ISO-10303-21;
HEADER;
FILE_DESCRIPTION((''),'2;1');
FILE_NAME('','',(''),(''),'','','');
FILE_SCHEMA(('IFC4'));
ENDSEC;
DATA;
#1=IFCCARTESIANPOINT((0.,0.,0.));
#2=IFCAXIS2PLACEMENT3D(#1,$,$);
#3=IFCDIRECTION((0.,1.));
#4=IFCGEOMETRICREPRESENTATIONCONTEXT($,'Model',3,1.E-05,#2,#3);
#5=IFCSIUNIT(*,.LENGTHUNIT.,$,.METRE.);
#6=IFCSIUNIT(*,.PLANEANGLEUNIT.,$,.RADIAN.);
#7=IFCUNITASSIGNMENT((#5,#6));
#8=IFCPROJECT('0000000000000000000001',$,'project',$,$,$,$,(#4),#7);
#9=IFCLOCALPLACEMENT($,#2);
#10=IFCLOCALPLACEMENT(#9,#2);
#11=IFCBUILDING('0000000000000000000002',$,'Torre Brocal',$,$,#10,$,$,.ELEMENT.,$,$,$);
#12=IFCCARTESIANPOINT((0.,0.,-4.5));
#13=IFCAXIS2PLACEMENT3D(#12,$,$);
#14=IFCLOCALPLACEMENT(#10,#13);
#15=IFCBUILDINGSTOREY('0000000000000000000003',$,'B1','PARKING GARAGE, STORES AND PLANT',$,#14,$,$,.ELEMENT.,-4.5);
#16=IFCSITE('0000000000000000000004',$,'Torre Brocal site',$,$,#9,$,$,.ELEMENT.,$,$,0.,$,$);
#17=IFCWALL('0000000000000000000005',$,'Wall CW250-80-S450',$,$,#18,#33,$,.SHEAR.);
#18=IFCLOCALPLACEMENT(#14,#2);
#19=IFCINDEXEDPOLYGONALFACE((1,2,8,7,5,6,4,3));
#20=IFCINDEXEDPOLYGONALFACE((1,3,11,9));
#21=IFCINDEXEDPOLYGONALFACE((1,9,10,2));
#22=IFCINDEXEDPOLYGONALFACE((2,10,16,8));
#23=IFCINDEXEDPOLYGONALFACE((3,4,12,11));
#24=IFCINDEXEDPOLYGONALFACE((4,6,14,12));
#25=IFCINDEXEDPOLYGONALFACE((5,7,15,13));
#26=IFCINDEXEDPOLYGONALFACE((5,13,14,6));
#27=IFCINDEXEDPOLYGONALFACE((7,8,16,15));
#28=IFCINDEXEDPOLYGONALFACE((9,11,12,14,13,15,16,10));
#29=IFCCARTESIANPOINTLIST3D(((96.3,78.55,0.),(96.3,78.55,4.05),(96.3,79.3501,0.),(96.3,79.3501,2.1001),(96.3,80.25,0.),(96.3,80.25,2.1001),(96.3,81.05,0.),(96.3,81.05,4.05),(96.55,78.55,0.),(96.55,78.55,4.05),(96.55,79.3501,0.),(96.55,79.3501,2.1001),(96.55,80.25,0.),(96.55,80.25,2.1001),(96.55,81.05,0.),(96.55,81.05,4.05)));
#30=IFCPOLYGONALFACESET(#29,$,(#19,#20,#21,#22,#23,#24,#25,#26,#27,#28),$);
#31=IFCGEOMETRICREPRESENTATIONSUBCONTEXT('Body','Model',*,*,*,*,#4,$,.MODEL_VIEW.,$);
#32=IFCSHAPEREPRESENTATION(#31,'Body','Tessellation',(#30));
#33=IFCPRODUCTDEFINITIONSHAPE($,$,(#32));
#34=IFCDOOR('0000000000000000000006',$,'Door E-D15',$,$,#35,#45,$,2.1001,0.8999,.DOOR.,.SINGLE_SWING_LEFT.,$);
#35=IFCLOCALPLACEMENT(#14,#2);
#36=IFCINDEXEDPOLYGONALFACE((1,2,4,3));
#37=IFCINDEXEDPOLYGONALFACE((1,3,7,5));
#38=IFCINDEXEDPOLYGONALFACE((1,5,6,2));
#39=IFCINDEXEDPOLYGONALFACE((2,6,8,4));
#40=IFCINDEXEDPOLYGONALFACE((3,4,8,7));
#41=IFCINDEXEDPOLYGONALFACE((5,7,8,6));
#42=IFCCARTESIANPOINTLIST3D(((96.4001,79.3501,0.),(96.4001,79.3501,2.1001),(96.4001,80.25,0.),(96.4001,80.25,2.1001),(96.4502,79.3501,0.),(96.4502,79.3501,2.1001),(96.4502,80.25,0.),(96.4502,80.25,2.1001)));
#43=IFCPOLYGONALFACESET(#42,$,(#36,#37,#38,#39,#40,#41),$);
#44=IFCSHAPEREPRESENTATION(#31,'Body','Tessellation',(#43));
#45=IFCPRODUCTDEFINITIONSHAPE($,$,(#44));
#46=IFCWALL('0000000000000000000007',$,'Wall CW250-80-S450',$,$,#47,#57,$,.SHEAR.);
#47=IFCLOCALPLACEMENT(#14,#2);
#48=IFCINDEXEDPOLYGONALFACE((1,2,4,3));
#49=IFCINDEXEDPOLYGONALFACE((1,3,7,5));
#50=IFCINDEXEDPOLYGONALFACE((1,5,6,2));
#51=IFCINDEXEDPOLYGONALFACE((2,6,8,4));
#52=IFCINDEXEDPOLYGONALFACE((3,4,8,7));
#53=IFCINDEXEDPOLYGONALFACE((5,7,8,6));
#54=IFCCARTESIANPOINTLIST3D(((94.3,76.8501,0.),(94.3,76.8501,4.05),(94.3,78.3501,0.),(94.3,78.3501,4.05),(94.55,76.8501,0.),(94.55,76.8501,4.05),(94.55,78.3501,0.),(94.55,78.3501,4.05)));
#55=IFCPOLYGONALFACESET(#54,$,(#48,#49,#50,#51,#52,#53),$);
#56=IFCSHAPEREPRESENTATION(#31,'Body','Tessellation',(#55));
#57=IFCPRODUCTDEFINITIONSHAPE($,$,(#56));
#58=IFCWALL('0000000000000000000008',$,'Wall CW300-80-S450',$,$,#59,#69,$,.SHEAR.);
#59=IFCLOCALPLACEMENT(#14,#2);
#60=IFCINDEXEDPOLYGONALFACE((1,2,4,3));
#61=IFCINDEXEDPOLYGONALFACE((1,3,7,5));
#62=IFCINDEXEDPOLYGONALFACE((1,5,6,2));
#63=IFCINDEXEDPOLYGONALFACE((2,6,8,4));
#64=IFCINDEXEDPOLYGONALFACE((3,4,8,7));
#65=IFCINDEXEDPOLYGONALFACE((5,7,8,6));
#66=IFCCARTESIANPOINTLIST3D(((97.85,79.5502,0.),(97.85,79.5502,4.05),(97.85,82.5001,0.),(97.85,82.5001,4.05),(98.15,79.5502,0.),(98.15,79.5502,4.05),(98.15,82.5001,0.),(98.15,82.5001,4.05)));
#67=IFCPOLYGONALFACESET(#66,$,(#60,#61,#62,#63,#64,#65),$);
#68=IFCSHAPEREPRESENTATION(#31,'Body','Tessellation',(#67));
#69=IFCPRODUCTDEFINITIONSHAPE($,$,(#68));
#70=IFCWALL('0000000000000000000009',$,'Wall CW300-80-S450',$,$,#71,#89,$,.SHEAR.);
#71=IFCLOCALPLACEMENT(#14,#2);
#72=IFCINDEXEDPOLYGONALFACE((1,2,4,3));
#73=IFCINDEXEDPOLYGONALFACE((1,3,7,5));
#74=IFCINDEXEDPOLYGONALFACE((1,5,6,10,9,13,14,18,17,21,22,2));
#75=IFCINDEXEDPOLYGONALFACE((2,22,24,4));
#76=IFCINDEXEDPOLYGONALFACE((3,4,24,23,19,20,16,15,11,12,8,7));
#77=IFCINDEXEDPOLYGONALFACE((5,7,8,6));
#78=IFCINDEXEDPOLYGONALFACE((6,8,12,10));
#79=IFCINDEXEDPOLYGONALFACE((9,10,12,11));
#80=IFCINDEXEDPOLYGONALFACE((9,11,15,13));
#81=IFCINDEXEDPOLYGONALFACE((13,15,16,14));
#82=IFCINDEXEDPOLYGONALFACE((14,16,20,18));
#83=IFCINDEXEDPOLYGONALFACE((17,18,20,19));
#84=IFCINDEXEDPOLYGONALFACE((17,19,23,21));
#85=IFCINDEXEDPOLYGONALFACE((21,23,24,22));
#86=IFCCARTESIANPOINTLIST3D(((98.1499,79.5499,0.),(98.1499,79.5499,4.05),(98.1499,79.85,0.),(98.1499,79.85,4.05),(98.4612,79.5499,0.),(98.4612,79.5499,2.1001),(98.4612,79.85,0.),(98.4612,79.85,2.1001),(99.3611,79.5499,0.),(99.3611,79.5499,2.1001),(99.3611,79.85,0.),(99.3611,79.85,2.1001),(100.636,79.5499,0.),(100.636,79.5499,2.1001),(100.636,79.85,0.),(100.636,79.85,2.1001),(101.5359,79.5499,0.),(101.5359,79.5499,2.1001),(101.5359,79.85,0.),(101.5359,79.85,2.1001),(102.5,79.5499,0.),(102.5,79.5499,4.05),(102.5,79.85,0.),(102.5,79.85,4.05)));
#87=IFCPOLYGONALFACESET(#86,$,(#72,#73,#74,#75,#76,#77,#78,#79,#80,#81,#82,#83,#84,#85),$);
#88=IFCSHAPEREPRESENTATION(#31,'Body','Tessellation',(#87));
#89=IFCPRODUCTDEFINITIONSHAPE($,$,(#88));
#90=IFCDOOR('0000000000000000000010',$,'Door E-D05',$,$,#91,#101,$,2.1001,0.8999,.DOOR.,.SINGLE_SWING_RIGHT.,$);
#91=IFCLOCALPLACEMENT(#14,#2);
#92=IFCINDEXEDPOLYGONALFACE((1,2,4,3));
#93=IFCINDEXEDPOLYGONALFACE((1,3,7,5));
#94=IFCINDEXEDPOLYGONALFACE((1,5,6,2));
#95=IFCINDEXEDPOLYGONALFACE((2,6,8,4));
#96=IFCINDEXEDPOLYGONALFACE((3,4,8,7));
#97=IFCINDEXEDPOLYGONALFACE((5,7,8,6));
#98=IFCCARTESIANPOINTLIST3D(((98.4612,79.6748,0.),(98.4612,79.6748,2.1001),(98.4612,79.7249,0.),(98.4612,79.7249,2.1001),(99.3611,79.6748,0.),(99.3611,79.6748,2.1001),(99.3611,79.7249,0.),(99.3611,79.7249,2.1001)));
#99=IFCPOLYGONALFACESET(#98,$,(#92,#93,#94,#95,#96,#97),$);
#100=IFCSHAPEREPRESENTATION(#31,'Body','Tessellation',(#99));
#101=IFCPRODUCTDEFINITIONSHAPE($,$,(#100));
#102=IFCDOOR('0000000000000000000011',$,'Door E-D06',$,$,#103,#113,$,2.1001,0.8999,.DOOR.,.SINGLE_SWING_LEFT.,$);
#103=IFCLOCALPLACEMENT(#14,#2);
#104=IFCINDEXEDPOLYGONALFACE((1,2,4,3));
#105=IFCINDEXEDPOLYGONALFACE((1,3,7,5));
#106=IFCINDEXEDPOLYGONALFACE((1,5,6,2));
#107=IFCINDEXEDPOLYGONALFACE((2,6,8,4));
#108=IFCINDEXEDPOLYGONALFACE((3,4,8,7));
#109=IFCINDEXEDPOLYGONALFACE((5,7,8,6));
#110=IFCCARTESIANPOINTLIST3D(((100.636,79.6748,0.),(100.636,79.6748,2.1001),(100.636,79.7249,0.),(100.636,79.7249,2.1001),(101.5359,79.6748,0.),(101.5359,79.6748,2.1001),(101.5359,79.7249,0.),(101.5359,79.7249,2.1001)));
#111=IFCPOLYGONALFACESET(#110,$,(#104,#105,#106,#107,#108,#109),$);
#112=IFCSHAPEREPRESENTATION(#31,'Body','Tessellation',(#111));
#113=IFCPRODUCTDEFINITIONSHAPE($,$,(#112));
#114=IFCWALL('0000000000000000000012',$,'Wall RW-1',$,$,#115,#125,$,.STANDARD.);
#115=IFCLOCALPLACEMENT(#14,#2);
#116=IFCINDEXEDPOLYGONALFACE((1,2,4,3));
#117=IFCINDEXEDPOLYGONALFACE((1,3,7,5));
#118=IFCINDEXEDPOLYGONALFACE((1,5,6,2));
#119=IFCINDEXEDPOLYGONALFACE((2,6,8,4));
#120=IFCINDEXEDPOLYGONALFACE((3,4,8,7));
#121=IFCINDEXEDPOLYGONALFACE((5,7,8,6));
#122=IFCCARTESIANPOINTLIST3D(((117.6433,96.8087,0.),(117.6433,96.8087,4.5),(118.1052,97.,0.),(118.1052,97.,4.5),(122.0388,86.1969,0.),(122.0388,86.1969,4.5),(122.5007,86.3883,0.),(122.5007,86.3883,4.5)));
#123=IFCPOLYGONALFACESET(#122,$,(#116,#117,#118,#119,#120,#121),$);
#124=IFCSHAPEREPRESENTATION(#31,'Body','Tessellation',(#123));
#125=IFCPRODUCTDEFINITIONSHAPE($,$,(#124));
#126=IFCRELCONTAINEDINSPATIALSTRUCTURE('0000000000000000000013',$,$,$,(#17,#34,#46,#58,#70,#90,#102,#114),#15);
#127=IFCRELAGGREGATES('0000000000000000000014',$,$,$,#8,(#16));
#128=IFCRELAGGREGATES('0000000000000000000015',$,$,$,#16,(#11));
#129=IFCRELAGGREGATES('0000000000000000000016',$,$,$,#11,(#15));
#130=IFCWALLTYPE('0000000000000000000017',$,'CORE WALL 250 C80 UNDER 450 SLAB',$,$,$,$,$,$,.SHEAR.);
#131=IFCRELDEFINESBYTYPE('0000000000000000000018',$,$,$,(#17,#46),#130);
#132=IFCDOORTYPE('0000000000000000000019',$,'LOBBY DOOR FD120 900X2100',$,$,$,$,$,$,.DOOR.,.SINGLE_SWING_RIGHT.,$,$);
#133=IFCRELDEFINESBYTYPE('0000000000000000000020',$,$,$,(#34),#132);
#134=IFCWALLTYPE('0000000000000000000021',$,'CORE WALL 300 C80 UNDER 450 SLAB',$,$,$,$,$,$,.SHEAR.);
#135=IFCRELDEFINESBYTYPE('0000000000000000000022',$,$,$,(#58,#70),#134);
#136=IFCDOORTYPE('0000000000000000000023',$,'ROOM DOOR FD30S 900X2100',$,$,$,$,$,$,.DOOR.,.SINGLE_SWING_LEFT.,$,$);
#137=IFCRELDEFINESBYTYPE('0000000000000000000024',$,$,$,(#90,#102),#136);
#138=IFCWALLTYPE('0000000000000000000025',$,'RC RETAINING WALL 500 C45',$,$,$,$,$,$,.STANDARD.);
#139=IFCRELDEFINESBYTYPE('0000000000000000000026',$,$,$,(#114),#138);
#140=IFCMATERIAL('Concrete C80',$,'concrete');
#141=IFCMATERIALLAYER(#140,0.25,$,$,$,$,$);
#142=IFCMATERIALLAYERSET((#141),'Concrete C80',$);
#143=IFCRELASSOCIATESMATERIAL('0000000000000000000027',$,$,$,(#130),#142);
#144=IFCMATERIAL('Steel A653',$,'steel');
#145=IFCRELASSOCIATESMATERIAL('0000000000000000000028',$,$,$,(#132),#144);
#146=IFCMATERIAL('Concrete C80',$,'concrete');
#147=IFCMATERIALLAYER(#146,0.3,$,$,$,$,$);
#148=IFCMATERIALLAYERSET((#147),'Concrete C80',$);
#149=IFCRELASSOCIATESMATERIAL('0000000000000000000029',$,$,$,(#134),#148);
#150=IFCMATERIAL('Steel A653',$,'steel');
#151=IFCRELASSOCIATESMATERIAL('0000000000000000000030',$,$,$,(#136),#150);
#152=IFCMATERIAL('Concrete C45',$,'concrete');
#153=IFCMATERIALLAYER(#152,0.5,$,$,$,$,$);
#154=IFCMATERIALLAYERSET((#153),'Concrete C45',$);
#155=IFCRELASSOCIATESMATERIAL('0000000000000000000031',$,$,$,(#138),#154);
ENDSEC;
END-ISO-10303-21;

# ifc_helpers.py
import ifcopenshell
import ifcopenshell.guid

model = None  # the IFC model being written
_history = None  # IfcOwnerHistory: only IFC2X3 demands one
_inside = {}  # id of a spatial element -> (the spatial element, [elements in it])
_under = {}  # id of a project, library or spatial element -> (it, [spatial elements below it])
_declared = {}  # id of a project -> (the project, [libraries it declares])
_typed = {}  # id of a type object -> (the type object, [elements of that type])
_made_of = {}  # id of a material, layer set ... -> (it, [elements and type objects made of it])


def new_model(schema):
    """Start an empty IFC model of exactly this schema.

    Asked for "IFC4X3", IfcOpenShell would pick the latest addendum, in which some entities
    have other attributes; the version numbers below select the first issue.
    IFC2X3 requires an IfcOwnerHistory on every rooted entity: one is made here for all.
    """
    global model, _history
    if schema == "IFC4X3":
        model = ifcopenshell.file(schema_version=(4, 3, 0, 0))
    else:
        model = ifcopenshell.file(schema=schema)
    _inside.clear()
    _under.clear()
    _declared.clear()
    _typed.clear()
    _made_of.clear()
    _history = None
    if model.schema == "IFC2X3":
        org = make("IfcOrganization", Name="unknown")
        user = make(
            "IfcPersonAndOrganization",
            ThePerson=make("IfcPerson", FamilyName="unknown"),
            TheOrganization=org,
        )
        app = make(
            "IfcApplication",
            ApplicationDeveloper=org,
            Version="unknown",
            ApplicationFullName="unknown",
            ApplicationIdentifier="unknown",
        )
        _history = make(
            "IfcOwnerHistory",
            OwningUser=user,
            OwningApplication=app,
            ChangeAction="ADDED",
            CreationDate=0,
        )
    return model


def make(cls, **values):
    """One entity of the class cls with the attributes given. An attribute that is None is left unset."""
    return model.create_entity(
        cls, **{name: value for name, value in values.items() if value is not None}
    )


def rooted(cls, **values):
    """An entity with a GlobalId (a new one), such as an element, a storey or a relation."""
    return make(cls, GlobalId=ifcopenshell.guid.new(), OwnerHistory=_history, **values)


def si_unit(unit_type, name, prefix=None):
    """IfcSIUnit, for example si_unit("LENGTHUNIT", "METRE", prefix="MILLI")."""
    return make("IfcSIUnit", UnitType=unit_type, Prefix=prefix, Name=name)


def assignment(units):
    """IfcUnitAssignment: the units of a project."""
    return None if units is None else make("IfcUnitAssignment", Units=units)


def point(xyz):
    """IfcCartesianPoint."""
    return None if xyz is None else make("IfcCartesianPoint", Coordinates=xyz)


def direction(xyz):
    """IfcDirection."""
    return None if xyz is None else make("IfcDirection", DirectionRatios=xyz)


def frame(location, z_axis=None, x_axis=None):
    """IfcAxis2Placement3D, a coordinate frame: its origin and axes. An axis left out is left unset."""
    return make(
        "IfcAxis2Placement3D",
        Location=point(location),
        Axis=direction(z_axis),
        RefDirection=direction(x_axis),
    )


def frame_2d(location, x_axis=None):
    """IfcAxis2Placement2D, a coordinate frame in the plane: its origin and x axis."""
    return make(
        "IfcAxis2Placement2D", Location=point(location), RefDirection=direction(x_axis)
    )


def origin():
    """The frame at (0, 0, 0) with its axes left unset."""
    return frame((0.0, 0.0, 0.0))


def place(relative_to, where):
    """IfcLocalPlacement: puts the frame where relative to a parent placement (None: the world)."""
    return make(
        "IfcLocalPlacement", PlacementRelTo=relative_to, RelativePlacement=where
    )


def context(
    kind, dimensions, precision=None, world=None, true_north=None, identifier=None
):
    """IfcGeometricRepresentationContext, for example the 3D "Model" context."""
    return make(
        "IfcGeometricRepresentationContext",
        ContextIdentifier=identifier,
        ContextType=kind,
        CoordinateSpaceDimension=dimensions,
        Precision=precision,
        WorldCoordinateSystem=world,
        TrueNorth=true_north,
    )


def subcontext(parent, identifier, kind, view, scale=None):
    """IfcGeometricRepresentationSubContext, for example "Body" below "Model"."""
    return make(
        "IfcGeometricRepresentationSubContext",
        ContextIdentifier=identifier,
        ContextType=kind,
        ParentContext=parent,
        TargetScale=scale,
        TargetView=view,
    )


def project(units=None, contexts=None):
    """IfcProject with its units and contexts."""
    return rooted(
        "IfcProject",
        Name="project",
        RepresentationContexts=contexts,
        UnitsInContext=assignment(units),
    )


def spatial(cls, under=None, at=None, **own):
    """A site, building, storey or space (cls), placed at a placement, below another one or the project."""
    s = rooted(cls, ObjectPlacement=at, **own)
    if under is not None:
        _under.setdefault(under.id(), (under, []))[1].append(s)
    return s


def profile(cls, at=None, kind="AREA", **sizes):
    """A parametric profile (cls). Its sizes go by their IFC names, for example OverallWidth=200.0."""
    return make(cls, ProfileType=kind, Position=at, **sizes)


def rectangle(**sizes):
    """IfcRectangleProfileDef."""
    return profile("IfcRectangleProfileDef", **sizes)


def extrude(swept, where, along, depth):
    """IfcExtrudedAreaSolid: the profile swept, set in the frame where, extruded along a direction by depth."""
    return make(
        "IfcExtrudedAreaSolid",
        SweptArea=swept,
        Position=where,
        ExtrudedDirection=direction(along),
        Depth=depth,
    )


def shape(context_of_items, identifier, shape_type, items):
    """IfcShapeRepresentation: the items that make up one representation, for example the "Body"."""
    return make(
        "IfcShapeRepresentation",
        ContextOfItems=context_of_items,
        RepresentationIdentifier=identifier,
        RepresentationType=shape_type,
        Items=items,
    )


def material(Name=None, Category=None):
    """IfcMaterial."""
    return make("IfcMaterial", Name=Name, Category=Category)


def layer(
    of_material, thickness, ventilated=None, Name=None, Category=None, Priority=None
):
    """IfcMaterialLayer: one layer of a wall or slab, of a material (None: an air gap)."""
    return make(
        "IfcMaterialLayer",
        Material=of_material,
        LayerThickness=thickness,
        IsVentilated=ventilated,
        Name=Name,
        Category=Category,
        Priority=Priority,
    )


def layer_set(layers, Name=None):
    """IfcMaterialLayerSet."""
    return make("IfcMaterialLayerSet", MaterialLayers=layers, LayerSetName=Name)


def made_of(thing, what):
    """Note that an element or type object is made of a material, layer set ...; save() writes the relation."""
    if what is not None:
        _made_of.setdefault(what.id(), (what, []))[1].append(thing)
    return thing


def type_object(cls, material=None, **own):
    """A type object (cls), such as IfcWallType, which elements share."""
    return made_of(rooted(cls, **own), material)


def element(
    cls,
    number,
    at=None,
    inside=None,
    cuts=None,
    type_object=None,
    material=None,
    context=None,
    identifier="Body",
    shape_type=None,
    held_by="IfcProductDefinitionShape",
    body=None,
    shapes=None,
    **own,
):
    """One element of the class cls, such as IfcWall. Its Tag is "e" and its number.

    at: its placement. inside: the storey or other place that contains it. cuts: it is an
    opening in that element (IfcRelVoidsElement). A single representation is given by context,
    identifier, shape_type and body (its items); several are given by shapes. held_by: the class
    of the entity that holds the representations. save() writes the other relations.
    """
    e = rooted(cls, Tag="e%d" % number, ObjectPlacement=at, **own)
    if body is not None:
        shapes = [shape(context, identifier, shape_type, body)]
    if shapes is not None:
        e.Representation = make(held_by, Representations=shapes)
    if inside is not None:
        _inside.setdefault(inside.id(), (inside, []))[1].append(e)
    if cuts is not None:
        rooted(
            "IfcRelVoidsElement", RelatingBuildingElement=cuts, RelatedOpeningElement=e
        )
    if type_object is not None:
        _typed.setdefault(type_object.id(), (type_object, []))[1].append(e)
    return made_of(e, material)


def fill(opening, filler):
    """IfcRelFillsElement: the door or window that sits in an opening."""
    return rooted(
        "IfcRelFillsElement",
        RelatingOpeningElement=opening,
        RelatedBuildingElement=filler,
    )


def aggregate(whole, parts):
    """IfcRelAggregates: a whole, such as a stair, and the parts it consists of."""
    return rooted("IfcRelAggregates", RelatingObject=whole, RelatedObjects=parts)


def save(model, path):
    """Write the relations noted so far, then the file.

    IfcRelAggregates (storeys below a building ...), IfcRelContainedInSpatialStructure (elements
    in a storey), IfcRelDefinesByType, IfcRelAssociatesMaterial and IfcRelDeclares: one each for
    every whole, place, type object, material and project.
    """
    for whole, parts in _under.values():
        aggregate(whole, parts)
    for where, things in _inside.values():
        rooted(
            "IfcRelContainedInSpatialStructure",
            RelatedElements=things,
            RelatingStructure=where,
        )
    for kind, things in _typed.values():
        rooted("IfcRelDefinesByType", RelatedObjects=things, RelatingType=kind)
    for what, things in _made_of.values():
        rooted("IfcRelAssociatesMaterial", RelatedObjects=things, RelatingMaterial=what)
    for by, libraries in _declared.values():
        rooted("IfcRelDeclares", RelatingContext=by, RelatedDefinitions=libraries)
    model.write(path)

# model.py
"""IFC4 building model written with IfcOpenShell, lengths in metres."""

from ifc_helpers import new_model, si_unit, direction, frame, frame_2d, origin, place, context, subcontext, project, spatial, rectangle, extrude, material, layer, layer_set, type_object, element, fill, save


model = new_model("IFC4")

# Units and contexts
model_context = context("Model", 3, precision=1e-05, world=origin(), true_north=direction((0.0, 1.0)))
body_context = subcontext(model_context, "Body", "Model", "MODEL_VIEW")
ifc_project = project(units=[si_unit("LENGTHUNIT", "METRE"), si_unit("PLANEANGLEUNIT", "RADIAN")], contexts=[model_context])

# Site, building, storey
site_placement = place(None, origin())
site = spatial("IfcSite", under=ifc_project, at=site_placement, Name="Torre Brocal site", CompositionType="ELEMENT", RefElevation=0.0)
building_placement = place(site_placement, origin())
building = spatial("IfcBuilding", under=site, at=building_placement, Name="Torre Brocal", CompositionType="ELEMENT")
storey_placement = place(building_placement, frame((0.0, 0.0, -4.5)))
storey = spatial("IfcBuildingStorey", under=building, at=storey_placement, Name="B1", Description="PARKING GARAGE, STORES AND PLANT", CompositionType="ELEMENT", Elevation=-4.5)

# Wall, opening, door
ifc_material_1 = material(Name="Concrete C80", Category="concrete")
ifc_layer_1 = layer(ifc_material_1, 0.25)
ifc_layer_set_1 = layer_set([ifc_layer_1], Name="Concrete C80")
wall_type_1 = type_object("IfcWallType", Name="CORE WALL 250 C80 UNDER 450 SLAB", PredefinedType="SHEAR", material=ifc_layer_set_1)
wall_1_placement = place(storey_placement, frame((96.425, 78.55, 0.0), z_axis=(0.0, 0.0, 1.0), x_axis=(0.0, 1.0, 0.0)))
wall_1 = element("IfcWall", 1, at=wall_1_placement, inside=storey, type_object=wall_type_1, Name="Wall CW250-80-S450", PredefinedType="SHEAR", context=body_context, shape_type="SweptSolid", body=[
    extrude(rectangle(XDim=2.5, YDim=0.25, at=frame_2d((1.25, 0.0))), origin(), (0.0, 0.0, 1.0), 4.05),
])
opening_1_placement = place(wall_1_placement, frame((0.8, 0.0, 0.0)))
opening_1 = element("IfcOpeningElement", 2, at=opening_1_placement, cuts=wall_1, PredefinedType="OPENING", context=body_context, shape_type="SweptSolid", body=[
    extrude(rectangle(XDim=0.8999, YDim=2.1001, at=frame_2d((0.45, 1.05))), frame((0.0, 0.135, 0.0), z_axis=(0.0, -1.0, 0.0), x_axis=(1.0, 0.0, 0.0)), (0.0, 0.0, 1.0), 0.27),
])
ifc_material_2 = material(Name="Steel A653", Category="steel")
door_type_1 = type_object("IfcDoorType", Name="LOBBY DOOR FD120 900X2100", OperationType="SINGLE_SWING_RIGHT", PredefinedType="DOOR", material=ifc_material_2)
door_1_placement = place(opening_1_placement, origin())
door_1 = element("IfcDoor", 3, at=door_1_placement, inside=storey, type_object=door_type_1, Name="Door E-D15", OperationType="SINGLE_SWING_LEFT", OverallHeight=2.1001, OverallWidth=0.8999, PredefinedType="DOOR", context=body_context, shape_type="SweptSolid", body=[
    extrude(rectangle(XDim=0.8999, YDim=2.1001, at=frame_2d((0.45, 1.05))), frame((0.0, 0.0249, 0.0), z_axis=(0.0, -1.0, 0.0), x_axis=(1.0, 0.0, 0.0)), (0.0, 0.0, 1.0), 0.05),
])
fill(opening_1, door_1)

# Walls
wall_2_placement = place(storey_placement, frame((94.425, 76.8501, 0.0), z_axis=(0.0, 0.0, 1.0), x_axis=(0.0, 1.0, 0.0)))
element("IfcWall", 4, at=wall_2_placement, inside=storey, type_object=wall_type_1, Name="Wall CW250-80-S450", PredefinedType="SHEAR", context=body_context, shape_type="SweptSolid", body=[
    extrude(rectangle(XDim=1.5, YDim=0.25, at=frame_2d((0.75, 0.0))), origin(), (0.0, 0.0, 1.0), 4.05),
])
ifc_material_3 = material(Name="Concrete C80", Category="concrete")
ifc_layer_2 = layer(ifc_material_3, 0.3)
ifc_layer_set_2 = layer_set([ifc_layer_2], Name="Concrete C80")
wall_type_2 = type_object("IfcWallType", Name="CORE WALL 300 C80 UNDER 450 SLAB", PredefinedType="SHEAR", material=ifc_layer_set_2)
wall_3_placement = place(storey_placement, frame((98.0, 79.55, 0.0), z_axis=(0.0, 0.0, 1.0), x_axis=(0.0, 1.0, 0.0)))
element("IfcWall", 5, at=wall_3_placement, inside=storey, type_object=wall_type_2, Name="Wall CW300-80-S450", PredefinedType="SHEAR", context=body_context, shape_type="SweptSolid", body=[
    extrude(rectangle(XDim=2.95, YDim=0.3, at=frame_2d((1.4751, 0.0))), origin(), (0.0, 0.0, 1.0), 4.05),
])

# Wall, openings, doors
wall_4_placement = place(storey_placement, frame((98.1499, 79.7, 0.0), z_axis=(0.0, 0.0, 1.0), x_axis=(1.0, 0.0, 0.0)))
wall_4 = element("IfcWall", 6, at=wall_4_placement, inside=storey, type_object=wall_type_2, Name="Wall CW300-80-S450", PredefinedType="SHEAR", context=body_context, shape_type="SweptSolid", body=[
    extrude(rectangle(XDim=4.3501, YDim=0.3, at=frame_2d((2.175, 0.0))), origin(), (0.0, 0.0, 1.0), 4.05),
])
opening_2_placement = place(wall_4_placement, frame((0.3113, 0.0, 0.0)))
opening_2 = element("IfcOpeningElement", 7, at=opening_2_placement, cuts=wall_4, PredefinedType="OPENING", context=body_context, shape_type="SweptSolid", body=[
    extrude(rectangle(XDim=0.8999, YDim=2.1001, at=frame_2d((0.45, 1.05))), frame((0.0, 0.1599, 0.0), z_axis=(0.0, -1.0, 0.0), x_axis=(1.0, 0.0, 0.0)), (0.0, 0.0, 1.0), 0.3201),
])
opening_3_placement = place(wall_4_placement, frame((2.4861, 0.0, 0.0)))
opening_3 = element("IfcOpeningElement", 8, at=opening_3_placement, cuts=wall_4, PredefinedType="OPENING", context=body_context, shape_type="SweptSolid", body=[
    extrude(rectangle(XDim=0.8999, YDim=2.1001, at=frame_2d((0.45, 1.05))), frame((0.0, 0.1599, 0.0), z_axis=(0.0, -1.0, 0.0), x_axis=(1.0, 0.0, 0.0)), (0.0, 0.0, 1.0), 0.3201),
])
ifc_material_4 = material(Name="Steel A653", Category="steel")
door_type_2 = type_object("IfcDoorType", Name="ROOM DOOR FD30S 900X2100", OperationType="SINGLE_SWING_LEFT", PredefinedType="DOOR", material=ifc_material_4)
door_2_placement = place(opening_2_placement, origin())
door_2 = element("IfcDoor", 9, at=door_2_placement, inside=storey, type_object=door_type_2, Name="Door E-D05", OperationType="SINGLE_SWING_RIGHT", OverallHeight=2.1001, OverallWidth=0.8999, PredefinedType="DOOR", context=body_context, shape_type="SweptSolid", body=[
    extrude(rectangle(XDim=0.8999, YDim=2.1001, at=frame_2d((0.45, 1.05))), frame((0.0, 0.0249, 0.0), z_axis=(0.0, -1.0, 0.0), x_axis=(1.0, 0.0, 0.0)), (0.0, 0.0, 1.0), 0.05),
])
fill(opening_2, door_2)
door_3_placement = place(opening_3_placement, origin())
door_3 = element("IfcDoor", 10, at=door_3_placement, inside=storey, type_object=door_type_2, Name="Door E-D06", OperationType="SINGLE_SWING_LEFT", OverallHeight=2.1001, OverallWidth=0.8999, PredefinedType="DOOR", context=body_context, shape_type="SweptSolid", body=[
    extrude(rectangle(XDim=0.8999, YDim=2.1001, at=frame_2d((0.45, 1.05))), frame((0.0, 0.0249, 0.0), z_axis=(0.0, -1.0, 0.0), x_axis=(1.0, 0.0, 0.0)), (0.0, 0.0, 1.0), 0.05),
])
fill(opening_3, door_3)

# Wall
ifc_material_5 = material(Name="Concrete C45", Category="concrete")
ifc_layer_3 = layer(ifc_material_5, 0.5)
ifc_layer_set_3 = layer_set([ifc_layer_3], Name="Concrete C45")
wall_type_3 = type_object("IfcWallType", Name="RC RETAINING WALL 500 C45", PredefinedType="STANDARD", material=ifc_layer_set_3)
wall_5_placement = place(storey_placement, frame((122.2698, 86.2925, 0.0), z_axis=(0.0, 0.0, 1.0), x_axis=(-0.38268, 0.923881, 0.0)))
element("IfcWall", 11, at=wall_5_placement, inside=storey, type_object=wall_type_3, Name="Wall RW-1", PredefinedType="STANDARD", context=body_context, shape_type="SweptSolid", body=[
    extrude(rectangle(XDim=11.4861, YDim=0.5, at=frame_2d((5.7432, 0.0))), origin(), (0.0, 0.0, 1.0), 4.5),
])

save(model, "model.ifc")
